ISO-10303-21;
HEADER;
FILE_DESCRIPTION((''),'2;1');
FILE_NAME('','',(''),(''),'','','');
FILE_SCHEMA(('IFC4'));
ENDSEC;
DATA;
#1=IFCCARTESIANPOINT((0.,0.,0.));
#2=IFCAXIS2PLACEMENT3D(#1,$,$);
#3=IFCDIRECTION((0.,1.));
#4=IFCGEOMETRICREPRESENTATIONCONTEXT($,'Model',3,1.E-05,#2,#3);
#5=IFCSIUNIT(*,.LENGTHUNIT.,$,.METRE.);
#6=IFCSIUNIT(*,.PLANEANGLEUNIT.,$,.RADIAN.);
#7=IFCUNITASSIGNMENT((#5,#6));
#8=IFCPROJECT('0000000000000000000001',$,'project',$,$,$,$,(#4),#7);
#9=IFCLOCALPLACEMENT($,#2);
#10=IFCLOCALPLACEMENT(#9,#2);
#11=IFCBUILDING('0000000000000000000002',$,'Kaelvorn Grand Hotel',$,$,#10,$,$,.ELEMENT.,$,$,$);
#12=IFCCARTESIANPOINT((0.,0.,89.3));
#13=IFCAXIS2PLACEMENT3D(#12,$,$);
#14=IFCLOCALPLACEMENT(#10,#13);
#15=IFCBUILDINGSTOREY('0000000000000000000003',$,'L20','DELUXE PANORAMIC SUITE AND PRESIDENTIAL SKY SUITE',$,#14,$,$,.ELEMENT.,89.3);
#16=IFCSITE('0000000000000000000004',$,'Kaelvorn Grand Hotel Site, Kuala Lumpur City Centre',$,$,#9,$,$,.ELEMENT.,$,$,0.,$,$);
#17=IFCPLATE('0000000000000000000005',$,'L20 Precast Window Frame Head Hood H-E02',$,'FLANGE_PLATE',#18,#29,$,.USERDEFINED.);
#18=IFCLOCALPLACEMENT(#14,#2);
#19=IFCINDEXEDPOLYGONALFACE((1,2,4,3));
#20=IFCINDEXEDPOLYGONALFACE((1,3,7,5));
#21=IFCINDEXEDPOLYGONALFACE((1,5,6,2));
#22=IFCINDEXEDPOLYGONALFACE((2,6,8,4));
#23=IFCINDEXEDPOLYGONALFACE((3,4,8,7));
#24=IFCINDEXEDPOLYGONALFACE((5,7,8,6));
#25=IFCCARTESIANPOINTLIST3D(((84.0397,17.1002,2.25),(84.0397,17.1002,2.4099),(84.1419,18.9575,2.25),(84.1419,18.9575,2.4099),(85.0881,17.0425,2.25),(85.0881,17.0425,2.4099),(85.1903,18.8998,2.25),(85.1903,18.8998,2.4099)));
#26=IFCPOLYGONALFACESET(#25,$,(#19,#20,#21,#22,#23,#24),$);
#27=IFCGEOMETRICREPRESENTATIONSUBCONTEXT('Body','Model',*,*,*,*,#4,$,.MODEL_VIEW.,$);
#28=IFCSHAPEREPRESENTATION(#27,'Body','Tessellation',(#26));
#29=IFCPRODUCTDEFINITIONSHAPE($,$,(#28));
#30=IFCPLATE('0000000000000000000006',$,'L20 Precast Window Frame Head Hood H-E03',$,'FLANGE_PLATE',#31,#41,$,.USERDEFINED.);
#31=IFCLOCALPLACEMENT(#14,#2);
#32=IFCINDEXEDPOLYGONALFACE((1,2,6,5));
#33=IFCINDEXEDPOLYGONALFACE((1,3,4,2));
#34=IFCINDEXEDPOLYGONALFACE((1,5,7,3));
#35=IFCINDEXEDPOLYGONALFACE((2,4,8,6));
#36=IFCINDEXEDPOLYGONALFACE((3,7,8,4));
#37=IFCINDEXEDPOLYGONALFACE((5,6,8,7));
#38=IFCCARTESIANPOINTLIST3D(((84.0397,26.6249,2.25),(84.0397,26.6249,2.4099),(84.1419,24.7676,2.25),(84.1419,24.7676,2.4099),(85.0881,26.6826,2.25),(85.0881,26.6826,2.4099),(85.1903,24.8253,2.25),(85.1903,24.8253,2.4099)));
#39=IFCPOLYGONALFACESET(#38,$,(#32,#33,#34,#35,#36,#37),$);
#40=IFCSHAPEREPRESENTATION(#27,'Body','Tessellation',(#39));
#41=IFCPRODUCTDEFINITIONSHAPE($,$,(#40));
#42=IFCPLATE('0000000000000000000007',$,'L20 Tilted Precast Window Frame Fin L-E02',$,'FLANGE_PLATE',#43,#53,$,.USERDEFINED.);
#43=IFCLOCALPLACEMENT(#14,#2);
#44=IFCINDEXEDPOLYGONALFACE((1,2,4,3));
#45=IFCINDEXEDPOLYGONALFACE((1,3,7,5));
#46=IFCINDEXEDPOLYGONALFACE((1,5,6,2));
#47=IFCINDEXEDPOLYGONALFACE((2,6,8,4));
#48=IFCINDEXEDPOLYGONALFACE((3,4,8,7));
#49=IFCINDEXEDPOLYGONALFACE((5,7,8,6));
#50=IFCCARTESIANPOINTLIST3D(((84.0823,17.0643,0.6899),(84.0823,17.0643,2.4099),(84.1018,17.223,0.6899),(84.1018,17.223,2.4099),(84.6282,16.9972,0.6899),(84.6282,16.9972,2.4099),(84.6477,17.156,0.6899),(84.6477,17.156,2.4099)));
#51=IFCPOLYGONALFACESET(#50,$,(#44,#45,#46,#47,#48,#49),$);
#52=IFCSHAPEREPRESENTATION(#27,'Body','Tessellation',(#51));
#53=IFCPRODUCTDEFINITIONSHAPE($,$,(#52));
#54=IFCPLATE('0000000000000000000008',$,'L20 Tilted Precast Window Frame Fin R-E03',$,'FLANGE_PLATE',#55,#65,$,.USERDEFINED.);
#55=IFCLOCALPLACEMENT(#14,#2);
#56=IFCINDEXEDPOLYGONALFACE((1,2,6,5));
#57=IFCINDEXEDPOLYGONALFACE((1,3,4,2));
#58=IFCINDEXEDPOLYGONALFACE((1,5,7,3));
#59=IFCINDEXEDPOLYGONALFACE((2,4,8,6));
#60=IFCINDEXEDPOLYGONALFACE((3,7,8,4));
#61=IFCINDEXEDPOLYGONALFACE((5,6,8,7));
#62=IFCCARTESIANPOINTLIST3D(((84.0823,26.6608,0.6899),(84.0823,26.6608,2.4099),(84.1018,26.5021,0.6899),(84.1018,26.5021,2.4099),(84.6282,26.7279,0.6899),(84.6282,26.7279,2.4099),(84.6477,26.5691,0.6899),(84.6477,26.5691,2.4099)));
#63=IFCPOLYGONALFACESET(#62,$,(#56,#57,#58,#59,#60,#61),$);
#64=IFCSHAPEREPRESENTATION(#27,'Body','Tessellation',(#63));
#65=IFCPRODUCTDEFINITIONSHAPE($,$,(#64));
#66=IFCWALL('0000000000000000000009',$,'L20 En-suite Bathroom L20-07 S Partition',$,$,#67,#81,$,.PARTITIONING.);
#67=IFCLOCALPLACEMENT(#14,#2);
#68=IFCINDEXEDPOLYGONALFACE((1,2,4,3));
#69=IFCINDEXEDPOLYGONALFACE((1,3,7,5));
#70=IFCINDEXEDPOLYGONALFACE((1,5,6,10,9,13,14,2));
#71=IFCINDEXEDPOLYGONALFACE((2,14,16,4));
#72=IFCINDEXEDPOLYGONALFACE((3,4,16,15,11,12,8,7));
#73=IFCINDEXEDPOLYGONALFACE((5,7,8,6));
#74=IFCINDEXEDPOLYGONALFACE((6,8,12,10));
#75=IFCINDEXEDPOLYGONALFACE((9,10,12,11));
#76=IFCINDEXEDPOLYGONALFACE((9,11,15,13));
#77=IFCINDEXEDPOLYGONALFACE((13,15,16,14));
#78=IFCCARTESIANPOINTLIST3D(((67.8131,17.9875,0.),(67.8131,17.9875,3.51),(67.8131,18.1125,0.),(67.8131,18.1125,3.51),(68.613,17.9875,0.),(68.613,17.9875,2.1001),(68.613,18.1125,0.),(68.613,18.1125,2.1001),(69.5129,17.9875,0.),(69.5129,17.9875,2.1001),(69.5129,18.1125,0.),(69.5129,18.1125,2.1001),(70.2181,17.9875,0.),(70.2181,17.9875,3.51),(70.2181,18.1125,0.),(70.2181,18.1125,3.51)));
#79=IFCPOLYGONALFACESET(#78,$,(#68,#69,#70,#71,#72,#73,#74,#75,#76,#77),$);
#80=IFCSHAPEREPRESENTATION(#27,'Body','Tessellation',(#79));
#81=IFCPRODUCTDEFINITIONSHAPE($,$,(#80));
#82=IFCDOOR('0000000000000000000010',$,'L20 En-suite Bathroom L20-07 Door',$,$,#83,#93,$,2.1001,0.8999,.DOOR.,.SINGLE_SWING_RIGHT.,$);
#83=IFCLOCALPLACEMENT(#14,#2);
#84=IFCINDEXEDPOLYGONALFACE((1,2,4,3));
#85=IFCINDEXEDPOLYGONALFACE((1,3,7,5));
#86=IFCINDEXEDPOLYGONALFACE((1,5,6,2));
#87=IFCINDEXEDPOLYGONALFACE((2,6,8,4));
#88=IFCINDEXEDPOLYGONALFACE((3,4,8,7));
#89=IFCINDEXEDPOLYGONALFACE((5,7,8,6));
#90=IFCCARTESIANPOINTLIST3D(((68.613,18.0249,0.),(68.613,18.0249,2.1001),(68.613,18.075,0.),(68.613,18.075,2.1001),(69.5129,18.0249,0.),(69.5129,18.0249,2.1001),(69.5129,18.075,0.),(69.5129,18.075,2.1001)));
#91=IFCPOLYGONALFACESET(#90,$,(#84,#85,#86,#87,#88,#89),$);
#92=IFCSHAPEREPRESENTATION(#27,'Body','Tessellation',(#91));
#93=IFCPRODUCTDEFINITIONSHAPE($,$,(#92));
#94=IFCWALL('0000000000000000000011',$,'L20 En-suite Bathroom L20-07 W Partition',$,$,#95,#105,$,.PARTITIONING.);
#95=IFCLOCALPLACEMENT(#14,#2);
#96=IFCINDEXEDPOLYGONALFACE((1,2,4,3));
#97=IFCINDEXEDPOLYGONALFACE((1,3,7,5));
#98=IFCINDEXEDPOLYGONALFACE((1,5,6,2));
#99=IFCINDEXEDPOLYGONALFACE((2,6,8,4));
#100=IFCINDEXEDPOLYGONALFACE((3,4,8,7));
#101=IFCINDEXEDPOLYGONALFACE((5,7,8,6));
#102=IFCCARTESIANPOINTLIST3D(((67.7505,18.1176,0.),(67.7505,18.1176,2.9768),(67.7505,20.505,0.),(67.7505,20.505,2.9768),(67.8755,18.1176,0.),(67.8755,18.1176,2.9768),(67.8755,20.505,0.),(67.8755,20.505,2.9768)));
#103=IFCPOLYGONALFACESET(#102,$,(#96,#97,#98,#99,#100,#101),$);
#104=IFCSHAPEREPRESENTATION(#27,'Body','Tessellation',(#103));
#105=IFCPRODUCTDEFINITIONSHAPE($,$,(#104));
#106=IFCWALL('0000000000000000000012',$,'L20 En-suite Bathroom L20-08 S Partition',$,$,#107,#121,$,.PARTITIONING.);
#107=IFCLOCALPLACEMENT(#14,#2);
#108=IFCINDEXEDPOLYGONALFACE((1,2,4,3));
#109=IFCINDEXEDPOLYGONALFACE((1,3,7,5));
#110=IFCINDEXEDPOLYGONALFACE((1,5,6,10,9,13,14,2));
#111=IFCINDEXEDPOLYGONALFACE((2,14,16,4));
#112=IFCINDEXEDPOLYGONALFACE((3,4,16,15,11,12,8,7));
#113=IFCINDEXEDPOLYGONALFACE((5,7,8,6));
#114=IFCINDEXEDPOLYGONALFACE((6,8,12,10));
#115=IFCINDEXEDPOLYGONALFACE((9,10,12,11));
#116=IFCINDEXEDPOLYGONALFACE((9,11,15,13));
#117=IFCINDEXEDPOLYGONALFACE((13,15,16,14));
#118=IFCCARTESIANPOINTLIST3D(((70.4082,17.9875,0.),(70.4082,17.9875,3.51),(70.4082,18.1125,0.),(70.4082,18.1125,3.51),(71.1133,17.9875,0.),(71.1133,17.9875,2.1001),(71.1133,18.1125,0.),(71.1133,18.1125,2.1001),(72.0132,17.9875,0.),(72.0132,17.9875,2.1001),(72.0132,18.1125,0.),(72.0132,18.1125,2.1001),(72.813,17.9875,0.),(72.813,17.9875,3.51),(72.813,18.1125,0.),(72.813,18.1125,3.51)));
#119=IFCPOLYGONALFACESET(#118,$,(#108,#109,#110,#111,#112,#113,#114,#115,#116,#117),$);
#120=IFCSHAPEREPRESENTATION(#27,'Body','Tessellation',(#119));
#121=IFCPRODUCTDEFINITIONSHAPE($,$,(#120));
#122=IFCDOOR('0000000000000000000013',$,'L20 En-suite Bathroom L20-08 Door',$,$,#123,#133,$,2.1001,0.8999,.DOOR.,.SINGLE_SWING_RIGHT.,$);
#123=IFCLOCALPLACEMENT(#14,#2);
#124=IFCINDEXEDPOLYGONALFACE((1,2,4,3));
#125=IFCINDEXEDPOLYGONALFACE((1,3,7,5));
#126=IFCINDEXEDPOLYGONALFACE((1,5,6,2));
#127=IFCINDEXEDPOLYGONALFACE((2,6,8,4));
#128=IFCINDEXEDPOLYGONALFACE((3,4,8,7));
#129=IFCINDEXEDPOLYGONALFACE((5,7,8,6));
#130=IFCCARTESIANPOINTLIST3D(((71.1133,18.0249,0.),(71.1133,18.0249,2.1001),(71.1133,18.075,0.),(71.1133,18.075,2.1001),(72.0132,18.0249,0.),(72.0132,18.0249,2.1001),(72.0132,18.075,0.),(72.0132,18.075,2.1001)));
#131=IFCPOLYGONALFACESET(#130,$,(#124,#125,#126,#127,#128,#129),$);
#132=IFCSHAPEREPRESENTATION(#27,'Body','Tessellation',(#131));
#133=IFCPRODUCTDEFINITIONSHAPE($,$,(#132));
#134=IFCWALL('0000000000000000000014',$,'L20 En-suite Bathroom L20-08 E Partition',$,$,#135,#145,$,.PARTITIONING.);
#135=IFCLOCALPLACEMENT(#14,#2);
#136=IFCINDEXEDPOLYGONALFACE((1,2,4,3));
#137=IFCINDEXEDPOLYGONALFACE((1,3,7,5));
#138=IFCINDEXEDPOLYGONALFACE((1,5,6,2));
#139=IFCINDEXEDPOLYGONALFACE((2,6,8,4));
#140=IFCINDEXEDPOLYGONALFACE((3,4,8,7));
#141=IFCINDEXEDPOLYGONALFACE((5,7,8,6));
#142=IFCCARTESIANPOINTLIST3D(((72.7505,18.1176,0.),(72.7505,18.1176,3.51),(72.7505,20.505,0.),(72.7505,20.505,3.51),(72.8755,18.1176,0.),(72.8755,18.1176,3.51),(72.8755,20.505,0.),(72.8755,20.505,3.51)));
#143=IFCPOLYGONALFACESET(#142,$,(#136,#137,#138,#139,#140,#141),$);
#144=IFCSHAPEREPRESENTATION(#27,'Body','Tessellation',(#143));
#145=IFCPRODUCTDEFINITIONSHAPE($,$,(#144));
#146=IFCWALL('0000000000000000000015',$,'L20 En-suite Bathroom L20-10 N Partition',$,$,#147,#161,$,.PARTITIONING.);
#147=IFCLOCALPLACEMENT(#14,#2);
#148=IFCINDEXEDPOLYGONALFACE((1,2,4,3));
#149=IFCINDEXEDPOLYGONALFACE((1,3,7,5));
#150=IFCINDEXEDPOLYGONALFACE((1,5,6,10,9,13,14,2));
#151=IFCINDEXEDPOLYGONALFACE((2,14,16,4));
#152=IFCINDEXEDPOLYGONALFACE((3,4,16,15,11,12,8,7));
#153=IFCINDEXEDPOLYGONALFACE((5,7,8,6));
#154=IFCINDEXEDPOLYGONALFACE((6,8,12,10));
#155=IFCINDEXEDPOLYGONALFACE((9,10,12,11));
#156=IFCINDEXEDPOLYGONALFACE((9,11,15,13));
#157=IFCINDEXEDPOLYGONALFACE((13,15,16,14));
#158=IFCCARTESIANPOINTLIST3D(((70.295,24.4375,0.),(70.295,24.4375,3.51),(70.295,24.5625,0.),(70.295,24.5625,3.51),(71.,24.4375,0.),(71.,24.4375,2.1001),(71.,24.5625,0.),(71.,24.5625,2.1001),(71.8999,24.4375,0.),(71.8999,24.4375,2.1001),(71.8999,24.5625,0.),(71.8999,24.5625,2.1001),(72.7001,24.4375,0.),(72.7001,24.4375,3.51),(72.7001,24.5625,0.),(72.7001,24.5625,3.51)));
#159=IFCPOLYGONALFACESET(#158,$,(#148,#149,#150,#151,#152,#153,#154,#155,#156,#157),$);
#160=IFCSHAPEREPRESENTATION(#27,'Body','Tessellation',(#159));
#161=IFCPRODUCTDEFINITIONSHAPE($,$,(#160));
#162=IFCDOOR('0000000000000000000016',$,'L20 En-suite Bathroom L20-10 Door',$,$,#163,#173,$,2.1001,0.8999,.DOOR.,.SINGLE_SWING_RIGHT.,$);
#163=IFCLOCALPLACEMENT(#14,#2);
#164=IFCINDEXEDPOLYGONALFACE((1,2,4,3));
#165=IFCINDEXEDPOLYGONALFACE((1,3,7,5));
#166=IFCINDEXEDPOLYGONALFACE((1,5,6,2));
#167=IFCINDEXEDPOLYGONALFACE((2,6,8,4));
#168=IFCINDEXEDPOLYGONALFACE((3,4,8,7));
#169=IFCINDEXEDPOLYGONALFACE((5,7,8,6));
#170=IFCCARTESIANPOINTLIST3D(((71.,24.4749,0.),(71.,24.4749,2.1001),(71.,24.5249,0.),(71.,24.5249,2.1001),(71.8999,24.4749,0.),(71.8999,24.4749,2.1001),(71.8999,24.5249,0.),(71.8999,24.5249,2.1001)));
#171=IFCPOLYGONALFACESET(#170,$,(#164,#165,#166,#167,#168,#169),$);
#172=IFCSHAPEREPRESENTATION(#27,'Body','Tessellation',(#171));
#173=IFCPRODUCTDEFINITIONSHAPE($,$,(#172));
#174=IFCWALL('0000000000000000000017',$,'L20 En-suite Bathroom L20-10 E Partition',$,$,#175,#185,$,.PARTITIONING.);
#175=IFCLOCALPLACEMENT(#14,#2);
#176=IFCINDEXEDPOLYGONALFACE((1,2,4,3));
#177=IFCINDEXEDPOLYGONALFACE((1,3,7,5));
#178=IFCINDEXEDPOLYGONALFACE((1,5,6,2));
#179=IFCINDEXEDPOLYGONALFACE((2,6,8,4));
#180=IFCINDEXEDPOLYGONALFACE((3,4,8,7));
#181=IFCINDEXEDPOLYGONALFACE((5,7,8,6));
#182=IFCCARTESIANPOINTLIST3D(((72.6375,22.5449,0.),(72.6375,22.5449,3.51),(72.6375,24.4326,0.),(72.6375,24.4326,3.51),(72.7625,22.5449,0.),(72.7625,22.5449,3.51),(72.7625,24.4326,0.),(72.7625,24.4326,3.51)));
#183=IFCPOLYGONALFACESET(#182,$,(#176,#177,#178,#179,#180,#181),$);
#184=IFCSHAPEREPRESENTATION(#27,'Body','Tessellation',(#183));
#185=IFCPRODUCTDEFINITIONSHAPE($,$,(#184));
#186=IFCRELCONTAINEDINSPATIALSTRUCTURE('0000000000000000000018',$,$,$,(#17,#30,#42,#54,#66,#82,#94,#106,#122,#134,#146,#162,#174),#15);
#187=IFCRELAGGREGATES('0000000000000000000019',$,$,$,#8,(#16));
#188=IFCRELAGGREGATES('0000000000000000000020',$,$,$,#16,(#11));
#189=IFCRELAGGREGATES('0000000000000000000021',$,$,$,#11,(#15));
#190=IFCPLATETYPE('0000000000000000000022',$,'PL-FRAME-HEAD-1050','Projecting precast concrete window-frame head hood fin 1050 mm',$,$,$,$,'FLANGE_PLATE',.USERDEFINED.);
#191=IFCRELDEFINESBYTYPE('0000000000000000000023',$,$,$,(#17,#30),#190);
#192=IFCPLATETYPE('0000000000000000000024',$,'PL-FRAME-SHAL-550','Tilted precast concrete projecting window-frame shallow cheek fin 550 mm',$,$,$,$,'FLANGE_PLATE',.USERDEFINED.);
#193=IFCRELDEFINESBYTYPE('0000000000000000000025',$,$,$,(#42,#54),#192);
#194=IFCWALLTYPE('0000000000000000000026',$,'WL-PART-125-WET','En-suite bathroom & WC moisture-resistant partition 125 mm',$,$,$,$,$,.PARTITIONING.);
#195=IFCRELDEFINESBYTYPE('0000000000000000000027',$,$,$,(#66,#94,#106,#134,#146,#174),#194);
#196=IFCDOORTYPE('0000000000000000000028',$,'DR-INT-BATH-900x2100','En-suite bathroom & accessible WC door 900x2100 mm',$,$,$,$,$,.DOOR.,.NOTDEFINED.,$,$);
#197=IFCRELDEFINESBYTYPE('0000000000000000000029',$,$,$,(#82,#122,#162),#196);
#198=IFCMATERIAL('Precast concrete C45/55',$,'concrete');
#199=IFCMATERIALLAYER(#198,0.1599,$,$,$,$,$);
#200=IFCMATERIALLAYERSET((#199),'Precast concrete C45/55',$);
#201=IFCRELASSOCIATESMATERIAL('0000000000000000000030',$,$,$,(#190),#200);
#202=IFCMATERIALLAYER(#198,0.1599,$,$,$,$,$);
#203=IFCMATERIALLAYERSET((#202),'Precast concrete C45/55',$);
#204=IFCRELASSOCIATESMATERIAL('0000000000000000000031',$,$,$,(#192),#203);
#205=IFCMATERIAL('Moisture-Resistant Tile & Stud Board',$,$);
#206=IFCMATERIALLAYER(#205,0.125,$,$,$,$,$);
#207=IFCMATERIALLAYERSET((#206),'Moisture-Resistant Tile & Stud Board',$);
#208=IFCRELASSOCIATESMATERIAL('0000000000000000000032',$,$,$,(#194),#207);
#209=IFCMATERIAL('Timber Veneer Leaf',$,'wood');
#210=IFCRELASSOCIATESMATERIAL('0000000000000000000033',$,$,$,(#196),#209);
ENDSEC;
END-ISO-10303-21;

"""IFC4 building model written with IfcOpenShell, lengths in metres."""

from ifc_helpers import new_model, si_unit, direction, frame, frame_2d, origin, origin_2d, place, context, subcontext, project, spatial, rectangle, extrude, material, layer, layer_set, type_object, element, fill, save


model = new_model("IFC4")

# Units and contexts
model_context = context("Model", 3, precision=1e-05, world=origin(), true_north=direction((0.0, 1.0)))
body_context = subcontext(model_context, "Body", "Model", "MODEL_VIEW")
ifc_project = project(units=[si_unit("LENGTHUNIT", "METRE"), si_unit("PLANEANGLEUNIT", "RADIAN")], contexts=[model_context])

# Site, building, storey
site_placement = place(None, origin())
site = spatial("IfcSite", under=ifc_project, at=site_placement, Name="Kaelvorn Grand Hotel Site, Kuala Lumpur City Centre", CompositionType="ELEMENT", RefElevation=0.0)
building_placement = place(site_placement, origin())
building = spatial("IfcBuilding", under=site, at=building_placement, Name="Kaelvorn Grand Hotel", CompositionType="ELEMENT")
storey_placement = place(building_placement, frame((0.0, 0.0, 89.3)))
storey = spatial("IfcBuildingStorey", under=building, at=storey_placement, Name="L20", Description="DELUXE PANORAMIC SUITE AND PRESIDENTIAL SKY SUITE", CompositionType="ELEMENT", Elevation=89.3)

# Plates
ifc_material_1 = material(Name="Precast concrete C45/55", Category="concrete")
ifc_layer_1 = layer(ifc_material_1, 0.1599)
ifc_layer_set_1 = layer_set([ifc_layer_1], Name="Precast concrete C45/55")
plate_type_1 = type_object("IfcPlateType", Name="PL-FRAME-HEAD-1050", Description="Projecting precast concrete window-frame head hood fin 1050 mm", ElementType="FLANGE_PLATE", PredefinedType="USERDEFINED", material=ifc_layer_set_1)
for number, where, z_axis, x_axis, name in (
    (1, (84.615, 18.0, 2.25), (0.0, 0.0, 1.0), (0.05495, 0.998489, 0.0), "L20 Precast Window Frame Head Hood H-E02"),
    (2, (84.615, 25.7251, 2.25), (0.0, 0.0, 1.0), (-0.05495, 0.998489, 0.0), "L20 Precast Window Frame Head Hood H-E03"),
):
    element("IfcPlate", number, at=place(storey_placement, frame(where, z_axis=z_axis, x_axis=x_axis)), inside=storey, type_object=plate_type_1, Name=name, ObjectType="FLANGE_PLATE", PredefinedType="USERDEFINED", context=body_context, shape_type="SweptSolid", body=[
        extrude(rectangle(XDim=1.8601, YDim=1.05, at=origin_2d()), origin(), (0.0, 0.0, 1.0), 0.1599),
    ])
ifc_layer_2 = layer(ifc_material_1, 0.1599)
ifc_layer_set_2 = layer_set([ifc_layer_2], Name="Precast concrete C45/55")
plate_type_2 = type_object("IfcPlateType", Name="PL-FRAME-SHAL-550", Description="Tilted precast concrete projecting window-frame shallow cheek fin 550 mm", ElementType="FLANGE_PLATE", PredefinedType="USERDEFINED", material=ifc_layer_set_2)
for number, where, z_axis, x_axis, name in (
    (3, (84.365, 17.1101, 0.6899), (0.0, 0.0, 1.0), (0.121869, 0.992546, 0.0), "L20 Tilted Precast Window Frame Fin L-E02"),
    (4, (84.365, 26.615, 0.6899), (0.0, 0.0, 1.0), (-0.121869, 0.992546, 0.0), "L20 Tilted Precast Window Frame Fin R-E03"),
):
    element("IfcPlate", number, at=place(storey_placement, frame(where, z_axis=z_axis, x_axis=x_axis)), inside=storey, type_object=plate_type_2, Name=name, ObjectType="FLANGE_PLATE", PredefinedType="USERDEFINED", context=body_context, shape_type="SweptSolid", body=[
        extrude(rectangle(XDim=0.1599, YDim=0.55, at=origin_2d()), origin(), (0.0, 0.0, 1.0), 1.72),
    ])

# Wall, opening, door
ifc_material_2 = material(Name="Moisture-Resistant Tile & Stud Board")
ifc_layer_3 = layer(ifc_material_2, 0.125)
ifc_layer_set_3 = layer_set([ifc_layer_3], Name="Moisture-Resistant Tile & Stud Board")
wall_type_1 = type_object("IfcWallType", Name="WL-PART-125-WET", Description="En-suite bathroom & WC moisture-resistant partition 125 mm", PredefinedType="PARTITIONING", material=ifc_layer_set_3)
wall_1_placement = place(storey_placement, frame((67.813, 18.05, 0.0), z_axis=(0.0, 0.0, 1.0), x_axis=(1.0, 0.0, 0.0)))
wall_1 = element("IfcWall", 5, at=wall_1_placement, inside=storey, type_object=wall_type_1, Name="L20 En-suite Bathroom L20-07 S Partition", PredefinedType="PARTITIONING", context=body_context, shape_type="SweptSolid", body=[
    extrude(rectangle(XDim=2.405, YDim=0.125, at=frame_2d((1.2026, 0.0))), origin(), (0.0, 0.0, 1.0), 3.51),
])
opening_1_placement = place(wall_1_placement, frame((0.8, 0.0, 0.0)))
opening_1 = element("IfcOpeningElement", 6, at=opening_1_placement, cuts=wall_1, PredefinedType="OPENING", context=body_context, shape_type="SweptSolid", body=[
    extrude(rectangle(XDim=0.8999, YDim=2.1001, at=frame_2d((0.45, 1.05))), frame((0.0, 0.0725, 0.0), z_axis=(0.0, -1.0, 0.0), x_axis=(1.0, 0.0, 0.0)), (0.0, 0.0, 1.0), 0.145),
])
ifc_material_3 = material(Name="Timber Veneer Leaf", Category="wood")
door_type_1 = type_object("IfcDoorType", Name="DR-INT-BATH-900x2100", Description="En-suite bathroom & accessible WC door 900x2100 mm", OperationType="NOTDEFINED", PredefinedType="DOOR", material=ifc_material_3)
door_1_placement = place(opening_1_placement, origin())
door_1 = element("IfcDoor", 7, at=door_1_placement, inside=storey, type_object=door_type_1, Name="L20 En-suite Bathroom L20-07 Door", OperationType="SINGLE_SWING_RIGHT", OverallHeight=2.1001, OverallWidth=0.8999, PredefinedType="DOOR", context=body_context, shape_type="SweptSolid", body=[
    extrude(rectangle(XDim=0.8999, YDim=2.1001, at=frame_2d((0.45, 1.05))), frame((0.0, 0.0249, 0.0), z_axis=(0.0, -1.0, 0.0), x_axis=(1.0, 0.0, 0.0)), (0.0, 0.0, 1.0), 0.05),
])
fill(opening_1, door_1)

# Wall
wall_2_placement = place(storey_placement, frame((67.813, 18.1174, 0.0), z_axis=(0.0, 0.0, 1.0), x_axis=(0.0, 1.0, 0.0)))
element("IfcWall", 8, at=wall_2_placement, inside=storey, type_object=wall_type_1, Name="L20 En-suite Bathroom L20-07 W Partition", PredefinedType="PARTITIONING", context=body_context, shape_type="SweptSolid", body=[
    extrude(rectangle(XDim=2.3875, YDim=0.125, at=frame_2d((1.1938, 0.0))), origin(), (0.0, 0.0, 1.0), 2.9768),
])

# Wall, opening, door
wall_3_placement = place(storey_placement, frame((70.4082, 18.05, 0.0), z_axis=(0.0, 0.0, 1.0), x_axis=(1.0, 0.0, 0.0)))
wall_3 = element("IfcWall", 9, at=wall_3_placement, inside=storey, type_object=wall_type_1, Name="L20 En-suite Bathroom L20-08 S Partition", PredefinedType="PARTITIONING", context=body_context, shape_type="SweptSolid", body=[
    extrude(rectangle(XDim=2.4048, YDim=0.125, at=frame_2d((1.2024, 0.0))), origin(), (0.0, 0.0, 1.0), 3.51),
])
opening_2_placement = place(wall_3_placement, frame((0.7051, 0.0, 0.0)))
opening_2 = element("IfcOpeningElement", 10, at=opening_2_placement, cuts=wall_3, PredefinedType="OPENING", context=body_context, shape_type="SweptSolid", body=[
    extrude(rectangle(XDim=0.8999, YDim=2.1001, at=frame_2d((0.45, 1.05))), frame((0.0, 0.0725, 0.0), z_axis=(0.0, -1.0, 0.0), x_axis=(1.0, 0.0, 0.0)), (0.0, 0.0, 1.0), 0.145),
])
door_2_placement = place(opening_2_placement, origin())
door_2 = element("IfcDoor", 11, at=door_2_placement, inside=storey, type_object=door_type_1, Name="L20 En-suite Bathroom L20-08 Door", OperationType="SINGLE_SWING_RIGHT", OverallHeight=2.1001, OverallWidth=0.8999, PredefinedType="DOOR", context=body_context, shape_type="SweptSolid", body=[
    extrude(rectangle(XDim=0.8999, YDim=2.1001, at=frame_2d((0.45, 1.05))), frame((0.0, 0.0249, 0.0), z_axis=(0.0, -1.0, 0.0), x_axis=(1.0, 0.0, 0.0)), (0.0, 0.0, 1.0), 0.05),
])
fill(opening_2, door_2)

# Wall
wall_4_placement = place(storey_placement, frame((72.813, 18.1174, 0.0), z_axis=(0.0, 0.0, 1.0), x_axis=(0.0, 1.0, 0.0)))
element("IfcWall", 12, at=wall_4_placement, inside=storey, type_object=wall_type_1, Name="L20 En-suite Bathroom L20-08 E Partition", PredefinedType="PARTITIONING", context=body_context, shape_type="SweptSolid", body=[
    extrude(rectangle(XDim=2.3875, YDim=0.125, at=frame_2d((1.1938, 0.0))), origin(), (0.0, 0.0, 1.0), 3.51),
])

# Wall, opening, door
wall_5_placement = place(storey_placement, frame((70.2949, 24.5, 0.0), z_axis=(0.0, 0.0, 1.0), x_axis=(1.0, 0.0, 0.0)))
wall_5 = element("IfcWall", 13, at=wall_5_placement, inside=storey, type_object=wall_type_1, Name="L20 En-suite Bathroom L20-10 N Partition", PredefinedType="PARTITIONING", context=body_context, shape_type="SweptSolid", body=[
    extrude(rectangle(XDim=2.405, YDim=0.125, at=frame_2d((1.2026, 0.0))), origin(), (0.0, 0.0, 1.0), 3.51),
])
opening_3_placement = place(wall_5_placement, frame((0.7051, 0.0, 0.0)))
opening_3 = element("IfcOpeningElement", 14, at=opening_3_placement, cuts=wall_5, PredefinedType="OPENING", context=body_context, shape_type="SweptSolid", body=[
    extrude(rectangle(XDim=0.8999, YDim=2.1001, at=frame_2d((0.45, 1.05))), frame((0.0, 0.0725, 0.0), z_axis=(0.0, -1.0, 0.0), x_axis=(1.0, 0.0, 0.0)), (0.0, 0.0, 1.0), 0.145),
])
door_3_placement = place(opening_3_placement, origin())
door_3 = element("IfcDoor", 15, at=door_3_placement, inside=storey, type_object=door_type_1, Name="L20 En-suite Bathroom L20-10 Door", OperationType="SINGLE_SWING_RIGHT", OverallHeight=2.1001, OverallWidth=0.8999, PredefinedType="DOOR", context=body_context, shape_type="SweptSolid", body=[
    extrude(rectangle(XDim=0.8999, YDim=2.1001, at=frame_2d((0.45, 1.05))), frame((0.0, 0.0249, 0.0), z_axis=(0.0, -1.0, 0.0), x_axis=(1.0, 0.0, 0.0)), (0.0, 0.0, 1.0), 0.05),
])
fill(opening_3, door_3)

# Wall
wall_6_placement = place(storey_placement, frame((72.7, 22.5449, 0.0), z_axis=(0.0, 0.0, 1.0), x_axis=(0.0, 1.0, 0.0)))
element("IfcWall", 16, at=wall_6_placement, inside=storey, type_object=wall_type_1, Name="L20 En-suite Bathroom L20-10 E Partition", PredefinedType="PARTITIONING", context=body_context, shape_type="SweptSolid", body=[
    extrude(rectangle(XDim=1.8877, YDim=0.125, at=frame_2d((0.9438, 0.0))), origin(), (0.0, 0.0, 1.0), 3.51),
])

save(model, "model.ifc")
